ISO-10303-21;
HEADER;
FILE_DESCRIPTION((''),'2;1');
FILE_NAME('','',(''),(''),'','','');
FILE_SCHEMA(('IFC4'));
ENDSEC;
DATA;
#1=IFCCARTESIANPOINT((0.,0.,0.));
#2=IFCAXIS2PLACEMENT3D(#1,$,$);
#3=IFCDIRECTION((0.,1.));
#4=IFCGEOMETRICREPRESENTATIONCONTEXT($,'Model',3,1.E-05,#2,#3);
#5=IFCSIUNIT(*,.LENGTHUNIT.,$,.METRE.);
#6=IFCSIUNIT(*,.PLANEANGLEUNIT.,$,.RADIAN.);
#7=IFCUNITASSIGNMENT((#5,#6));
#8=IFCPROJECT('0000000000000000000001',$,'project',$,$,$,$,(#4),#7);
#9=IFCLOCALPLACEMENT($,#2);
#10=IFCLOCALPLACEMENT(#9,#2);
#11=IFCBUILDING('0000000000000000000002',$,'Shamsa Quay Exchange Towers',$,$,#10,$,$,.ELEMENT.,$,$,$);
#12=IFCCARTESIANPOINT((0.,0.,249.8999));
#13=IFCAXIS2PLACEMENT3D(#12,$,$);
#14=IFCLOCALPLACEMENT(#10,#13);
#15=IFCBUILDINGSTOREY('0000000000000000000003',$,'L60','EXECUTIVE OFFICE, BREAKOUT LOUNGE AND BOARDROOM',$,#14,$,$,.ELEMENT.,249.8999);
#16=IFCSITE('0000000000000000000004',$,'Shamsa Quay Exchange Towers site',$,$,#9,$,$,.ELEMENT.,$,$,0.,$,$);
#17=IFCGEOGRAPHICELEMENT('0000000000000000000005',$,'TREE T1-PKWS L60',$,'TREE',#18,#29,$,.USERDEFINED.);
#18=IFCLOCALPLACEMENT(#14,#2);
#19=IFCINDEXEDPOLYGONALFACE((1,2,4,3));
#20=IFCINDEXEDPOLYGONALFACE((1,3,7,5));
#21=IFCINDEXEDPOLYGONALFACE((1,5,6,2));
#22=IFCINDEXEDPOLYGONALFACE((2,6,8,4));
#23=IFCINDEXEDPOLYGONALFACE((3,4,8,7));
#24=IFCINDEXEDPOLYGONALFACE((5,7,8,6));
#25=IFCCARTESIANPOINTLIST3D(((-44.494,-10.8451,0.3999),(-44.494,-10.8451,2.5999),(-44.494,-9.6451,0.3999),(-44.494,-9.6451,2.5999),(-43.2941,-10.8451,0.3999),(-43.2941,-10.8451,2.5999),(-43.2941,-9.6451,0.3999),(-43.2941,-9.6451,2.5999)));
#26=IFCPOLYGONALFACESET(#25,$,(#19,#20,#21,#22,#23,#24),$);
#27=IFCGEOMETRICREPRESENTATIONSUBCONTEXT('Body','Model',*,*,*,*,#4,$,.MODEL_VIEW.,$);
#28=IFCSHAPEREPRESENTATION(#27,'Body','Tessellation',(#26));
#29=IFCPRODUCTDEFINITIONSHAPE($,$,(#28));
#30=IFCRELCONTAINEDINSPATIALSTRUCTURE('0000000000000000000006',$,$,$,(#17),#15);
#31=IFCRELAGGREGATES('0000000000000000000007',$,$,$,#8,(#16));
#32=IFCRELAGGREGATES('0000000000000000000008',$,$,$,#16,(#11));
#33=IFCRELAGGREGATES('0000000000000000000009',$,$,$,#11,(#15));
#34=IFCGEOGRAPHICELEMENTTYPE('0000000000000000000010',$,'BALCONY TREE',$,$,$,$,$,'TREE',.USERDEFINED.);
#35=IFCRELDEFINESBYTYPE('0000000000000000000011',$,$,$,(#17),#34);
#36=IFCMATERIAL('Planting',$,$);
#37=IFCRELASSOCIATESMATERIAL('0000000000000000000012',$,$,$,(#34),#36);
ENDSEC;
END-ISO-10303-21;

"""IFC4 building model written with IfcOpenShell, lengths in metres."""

from ifc_helpers import new_model, si_unit, direction, frame, origin, origin_2d, place, context, subcontext, project, spatial, rectangle, extrude, material, type_object, element, save


model = new_model("IFC4")

# Units and contexts
model_context = context("Model", 3, precision=1e-05, world=origin(), true_north=direction((0.0, 1.0)))
body_context = subcontext(model_context, "Body", "Model", "MODEL_VIEW")
ifc_project = project(units=[si_unit("LENGTHUNIT", "METRE"), si_unit("PLANEANGLEUNIT", "RADIAN")], contexts=[model_context])

# Site, building, storey
site_placement = place(None, origin())
site = spatial("IfcSite", under=ifc_project, at=site_placement, Name="Shamsa Quay Exchange Towers site", CompositionType="ELEMENT", RefElevation=0.0)
building_placement = place(site_placement, origin())
building = spatial("IfcBuilding", under=site, at=building_placement, Name="Shamsa Quay Exchange Towers", CompositionType="ELEMENT")
storey_placement = place(building_placement, frame((0.0, 0.0, 249.8999)))
storey = spatial("IfcBuildingStorey", under=building, at=storey_placement, Name="L60", Description="EXECUTIVE OFFICE, BREAKOUT LOUNGE AND BOARDROOM", CompositionType="ELEMENT", Elevation=249.8999)

# Geographic element
ifc_material_1 = material(Name="Planting")
geographic_element_type = type_object("IfcGeographicElementType", Name="BALCONY TREE", ElementType="TREE", PredefinedType="USERDEFINED", material=ifc_material_1)
geographic_element_placement = place(storey_placement, frame((-43.894, -10.2451, 0.3999)))
element("IfcGeographicElement", 1, at=geographic_element_placement, inside=storey, type_object=geographic_element_type, Name="TREE T1-PKWS L60", ObjectType="TREE", PredefinedType="USERDEFINED", context=body_context, shape_type="SweptSolid", body=[
    extrude(rectangle(XDim=1.2, YDim=1.2, at=origin_2d()), origin(), (0.0, 0.0, 1.0), 2.2),
])

save(model, "model.ifc")
